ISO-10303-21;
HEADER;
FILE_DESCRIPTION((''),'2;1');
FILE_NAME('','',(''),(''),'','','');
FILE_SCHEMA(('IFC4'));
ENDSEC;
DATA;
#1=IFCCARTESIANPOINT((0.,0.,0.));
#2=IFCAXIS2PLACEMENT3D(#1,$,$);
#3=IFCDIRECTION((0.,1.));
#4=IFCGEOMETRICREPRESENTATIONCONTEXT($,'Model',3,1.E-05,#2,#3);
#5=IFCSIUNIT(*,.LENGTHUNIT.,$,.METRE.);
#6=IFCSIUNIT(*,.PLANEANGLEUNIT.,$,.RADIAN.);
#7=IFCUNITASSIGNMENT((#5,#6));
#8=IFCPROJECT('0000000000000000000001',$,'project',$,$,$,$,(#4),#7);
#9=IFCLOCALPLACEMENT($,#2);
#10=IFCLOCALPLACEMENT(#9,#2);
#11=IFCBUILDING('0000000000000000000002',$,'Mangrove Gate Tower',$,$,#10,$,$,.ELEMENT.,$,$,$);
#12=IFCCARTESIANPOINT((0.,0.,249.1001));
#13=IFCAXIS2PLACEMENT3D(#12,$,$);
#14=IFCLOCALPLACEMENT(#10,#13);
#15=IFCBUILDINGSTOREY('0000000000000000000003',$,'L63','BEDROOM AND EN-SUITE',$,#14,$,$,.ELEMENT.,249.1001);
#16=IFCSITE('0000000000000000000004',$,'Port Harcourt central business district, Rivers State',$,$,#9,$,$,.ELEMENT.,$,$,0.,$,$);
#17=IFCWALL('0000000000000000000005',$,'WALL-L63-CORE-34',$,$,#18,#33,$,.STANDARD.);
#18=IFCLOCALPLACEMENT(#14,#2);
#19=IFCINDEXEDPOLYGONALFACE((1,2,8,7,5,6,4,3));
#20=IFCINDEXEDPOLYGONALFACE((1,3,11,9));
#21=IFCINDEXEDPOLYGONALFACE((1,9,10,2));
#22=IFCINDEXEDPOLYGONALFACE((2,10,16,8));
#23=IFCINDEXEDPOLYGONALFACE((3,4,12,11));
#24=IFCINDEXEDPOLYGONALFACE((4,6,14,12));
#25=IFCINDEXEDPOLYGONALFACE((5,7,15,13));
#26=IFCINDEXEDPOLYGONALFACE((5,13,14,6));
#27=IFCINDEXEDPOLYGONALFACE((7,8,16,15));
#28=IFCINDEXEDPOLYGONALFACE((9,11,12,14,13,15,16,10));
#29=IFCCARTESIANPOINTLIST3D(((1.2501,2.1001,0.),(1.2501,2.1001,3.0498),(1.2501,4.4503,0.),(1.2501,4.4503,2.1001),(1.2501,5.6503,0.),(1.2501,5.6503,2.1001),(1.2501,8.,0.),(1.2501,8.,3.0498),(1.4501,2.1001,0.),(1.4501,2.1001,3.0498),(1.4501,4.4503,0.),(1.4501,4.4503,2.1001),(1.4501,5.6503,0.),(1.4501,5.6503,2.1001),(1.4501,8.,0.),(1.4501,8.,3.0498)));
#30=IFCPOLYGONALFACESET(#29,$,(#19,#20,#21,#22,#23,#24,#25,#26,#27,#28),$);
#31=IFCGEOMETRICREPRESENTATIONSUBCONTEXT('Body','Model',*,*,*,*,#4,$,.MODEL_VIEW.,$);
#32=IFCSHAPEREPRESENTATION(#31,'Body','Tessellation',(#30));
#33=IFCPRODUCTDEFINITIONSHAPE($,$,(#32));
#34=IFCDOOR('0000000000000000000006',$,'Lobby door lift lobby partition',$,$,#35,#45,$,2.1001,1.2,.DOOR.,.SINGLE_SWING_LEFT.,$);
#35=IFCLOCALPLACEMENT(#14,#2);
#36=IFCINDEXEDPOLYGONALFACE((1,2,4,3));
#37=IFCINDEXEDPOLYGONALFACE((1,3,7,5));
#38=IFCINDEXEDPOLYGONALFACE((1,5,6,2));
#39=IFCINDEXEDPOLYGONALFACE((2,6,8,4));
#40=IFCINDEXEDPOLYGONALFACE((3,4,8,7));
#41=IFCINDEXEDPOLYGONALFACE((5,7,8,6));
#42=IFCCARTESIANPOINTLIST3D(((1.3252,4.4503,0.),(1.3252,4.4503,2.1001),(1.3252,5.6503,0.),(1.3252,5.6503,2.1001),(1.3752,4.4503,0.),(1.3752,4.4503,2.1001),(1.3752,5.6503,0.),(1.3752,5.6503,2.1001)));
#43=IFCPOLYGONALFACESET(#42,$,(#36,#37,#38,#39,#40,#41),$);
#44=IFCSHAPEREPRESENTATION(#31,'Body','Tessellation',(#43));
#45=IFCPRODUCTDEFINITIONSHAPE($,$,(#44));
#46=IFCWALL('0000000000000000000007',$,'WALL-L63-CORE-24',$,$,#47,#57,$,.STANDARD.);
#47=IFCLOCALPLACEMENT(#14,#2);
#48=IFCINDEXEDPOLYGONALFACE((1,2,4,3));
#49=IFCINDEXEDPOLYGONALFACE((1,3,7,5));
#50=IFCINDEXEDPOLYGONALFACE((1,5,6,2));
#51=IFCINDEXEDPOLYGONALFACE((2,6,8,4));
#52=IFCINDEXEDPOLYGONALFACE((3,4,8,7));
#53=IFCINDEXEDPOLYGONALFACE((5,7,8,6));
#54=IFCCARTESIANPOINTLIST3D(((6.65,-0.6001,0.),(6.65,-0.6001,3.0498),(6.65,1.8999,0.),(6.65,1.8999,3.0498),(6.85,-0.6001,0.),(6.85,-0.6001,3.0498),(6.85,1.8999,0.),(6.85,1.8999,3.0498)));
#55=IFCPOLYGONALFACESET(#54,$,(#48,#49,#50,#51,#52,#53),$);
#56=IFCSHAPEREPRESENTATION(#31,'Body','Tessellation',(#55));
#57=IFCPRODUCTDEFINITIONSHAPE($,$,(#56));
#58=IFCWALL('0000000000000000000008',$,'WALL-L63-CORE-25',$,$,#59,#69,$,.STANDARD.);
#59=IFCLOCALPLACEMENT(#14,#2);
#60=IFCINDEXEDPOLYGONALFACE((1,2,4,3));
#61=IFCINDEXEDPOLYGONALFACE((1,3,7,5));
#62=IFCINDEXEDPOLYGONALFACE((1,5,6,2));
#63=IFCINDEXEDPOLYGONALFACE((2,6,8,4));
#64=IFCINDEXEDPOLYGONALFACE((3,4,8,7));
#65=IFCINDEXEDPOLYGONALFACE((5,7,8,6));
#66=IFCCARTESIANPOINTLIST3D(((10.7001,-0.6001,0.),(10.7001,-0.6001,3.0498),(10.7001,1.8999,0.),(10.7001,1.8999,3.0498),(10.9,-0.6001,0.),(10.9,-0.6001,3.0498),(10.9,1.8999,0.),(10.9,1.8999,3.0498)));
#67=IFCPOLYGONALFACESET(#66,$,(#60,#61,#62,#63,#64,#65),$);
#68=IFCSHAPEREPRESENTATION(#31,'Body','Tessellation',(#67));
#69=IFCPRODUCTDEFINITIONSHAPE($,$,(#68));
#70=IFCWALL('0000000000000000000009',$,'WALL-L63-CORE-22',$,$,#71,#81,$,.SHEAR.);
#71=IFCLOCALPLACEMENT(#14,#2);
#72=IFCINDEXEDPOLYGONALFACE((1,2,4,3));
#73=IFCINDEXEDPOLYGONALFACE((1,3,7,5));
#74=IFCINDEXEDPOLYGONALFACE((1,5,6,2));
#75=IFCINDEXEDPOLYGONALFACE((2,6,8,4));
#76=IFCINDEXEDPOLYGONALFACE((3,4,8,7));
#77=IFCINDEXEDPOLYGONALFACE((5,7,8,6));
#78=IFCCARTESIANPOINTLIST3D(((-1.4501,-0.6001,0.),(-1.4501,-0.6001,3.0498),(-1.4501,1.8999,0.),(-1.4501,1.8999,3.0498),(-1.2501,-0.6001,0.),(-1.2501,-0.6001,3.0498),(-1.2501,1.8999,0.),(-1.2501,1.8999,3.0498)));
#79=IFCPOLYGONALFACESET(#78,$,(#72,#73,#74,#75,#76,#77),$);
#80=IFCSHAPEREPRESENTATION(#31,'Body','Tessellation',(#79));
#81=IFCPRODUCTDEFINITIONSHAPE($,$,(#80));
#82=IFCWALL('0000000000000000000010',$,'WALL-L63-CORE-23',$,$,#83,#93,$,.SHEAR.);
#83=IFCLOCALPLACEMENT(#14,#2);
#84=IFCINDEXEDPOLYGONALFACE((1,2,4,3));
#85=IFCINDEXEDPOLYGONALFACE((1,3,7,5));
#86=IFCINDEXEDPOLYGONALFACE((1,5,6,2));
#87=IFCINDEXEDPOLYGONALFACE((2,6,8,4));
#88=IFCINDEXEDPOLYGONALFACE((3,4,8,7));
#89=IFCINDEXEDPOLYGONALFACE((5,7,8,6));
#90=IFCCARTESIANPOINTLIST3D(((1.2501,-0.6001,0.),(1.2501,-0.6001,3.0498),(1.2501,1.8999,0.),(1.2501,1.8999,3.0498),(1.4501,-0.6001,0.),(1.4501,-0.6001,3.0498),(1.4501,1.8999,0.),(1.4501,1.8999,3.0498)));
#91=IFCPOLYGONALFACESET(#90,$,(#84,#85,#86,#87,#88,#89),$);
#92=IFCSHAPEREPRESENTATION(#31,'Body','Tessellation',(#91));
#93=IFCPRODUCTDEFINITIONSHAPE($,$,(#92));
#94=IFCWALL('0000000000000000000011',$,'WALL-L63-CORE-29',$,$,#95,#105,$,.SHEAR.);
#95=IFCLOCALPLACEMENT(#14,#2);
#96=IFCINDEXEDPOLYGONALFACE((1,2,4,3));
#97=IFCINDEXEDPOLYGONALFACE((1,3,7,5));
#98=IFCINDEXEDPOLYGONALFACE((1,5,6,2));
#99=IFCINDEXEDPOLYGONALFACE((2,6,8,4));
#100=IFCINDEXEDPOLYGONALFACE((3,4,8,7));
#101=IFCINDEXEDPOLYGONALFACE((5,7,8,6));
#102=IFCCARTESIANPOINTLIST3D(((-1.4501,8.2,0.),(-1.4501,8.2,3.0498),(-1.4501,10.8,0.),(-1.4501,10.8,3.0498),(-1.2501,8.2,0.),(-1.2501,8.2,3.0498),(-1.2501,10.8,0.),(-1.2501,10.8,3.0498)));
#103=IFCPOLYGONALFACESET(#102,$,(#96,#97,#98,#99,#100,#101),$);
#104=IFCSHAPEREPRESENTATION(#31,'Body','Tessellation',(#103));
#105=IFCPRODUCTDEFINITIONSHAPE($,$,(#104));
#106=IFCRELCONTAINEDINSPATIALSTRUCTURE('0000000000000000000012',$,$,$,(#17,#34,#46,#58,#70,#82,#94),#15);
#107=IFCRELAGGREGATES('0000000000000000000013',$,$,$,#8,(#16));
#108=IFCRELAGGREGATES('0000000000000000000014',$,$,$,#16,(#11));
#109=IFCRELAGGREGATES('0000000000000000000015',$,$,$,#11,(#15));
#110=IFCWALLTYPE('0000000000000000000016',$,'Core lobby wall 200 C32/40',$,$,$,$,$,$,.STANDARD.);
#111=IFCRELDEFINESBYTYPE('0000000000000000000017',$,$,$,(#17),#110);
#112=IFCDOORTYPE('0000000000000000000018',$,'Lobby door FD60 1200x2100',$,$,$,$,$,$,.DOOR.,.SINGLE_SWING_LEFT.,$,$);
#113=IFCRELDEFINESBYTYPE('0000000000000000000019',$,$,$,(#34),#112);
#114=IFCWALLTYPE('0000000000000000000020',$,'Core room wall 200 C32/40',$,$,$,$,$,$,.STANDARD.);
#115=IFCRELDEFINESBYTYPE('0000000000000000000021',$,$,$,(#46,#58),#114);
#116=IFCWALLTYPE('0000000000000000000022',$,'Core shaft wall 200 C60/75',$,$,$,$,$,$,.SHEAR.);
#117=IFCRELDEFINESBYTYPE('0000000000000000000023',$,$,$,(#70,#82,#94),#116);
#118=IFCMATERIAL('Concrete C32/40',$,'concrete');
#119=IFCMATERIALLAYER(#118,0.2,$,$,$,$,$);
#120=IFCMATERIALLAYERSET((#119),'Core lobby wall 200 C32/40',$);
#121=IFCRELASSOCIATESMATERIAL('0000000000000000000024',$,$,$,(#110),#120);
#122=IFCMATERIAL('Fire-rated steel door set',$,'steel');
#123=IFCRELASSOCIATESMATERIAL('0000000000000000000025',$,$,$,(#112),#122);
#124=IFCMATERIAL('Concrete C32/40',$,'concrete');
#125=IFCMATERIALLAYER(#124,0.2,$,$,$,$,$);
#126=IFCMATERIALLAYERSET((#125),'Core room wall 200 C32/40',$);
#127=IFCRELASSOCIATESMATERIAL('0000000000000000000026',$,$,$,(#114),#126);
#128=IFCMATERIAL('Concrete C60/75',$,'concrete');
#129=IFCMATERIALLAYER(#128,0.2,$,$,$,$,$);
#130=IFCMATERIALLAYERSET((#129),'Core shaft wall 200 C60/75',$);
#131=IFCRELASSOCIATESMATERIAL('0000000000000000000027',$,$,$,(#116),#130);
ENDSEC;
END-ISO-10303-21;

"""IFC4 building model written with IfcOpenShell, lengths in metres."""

from ifc_helpers import new_model, si_unit, direction, frame, frame_2d, origin, place, context, subcontext, project, spatial, rectangle, extrude, material, layer, layer_set, type_object, element, fill, save


model = new_model("IFC4")

# Units and contexts
model_context = context("Model", 3, precision=1e-05, world=origin(), true_north=direction((0.0, 1.0)))
body_context = subcontext(model_context, "Body", "Model", "MODEL_VIEW")
ifc_project = project(units=[si_unit("LENGTHUNIT", "METRE"), si_unit("PLANEANGLEUNIT", "RADIAN")], contexts=[model_context])

# Site, building, storey
site_placement = place(None, origin())
site = spatial("IfcSite", under=ifc_project, at=site_placement, Name="Port Harcourt central business district, Rivers State", CompositionType="ELEMENT", RefElevation=0.0)
building_placement = place(site_placement, origin())
building = spatial("IfcBuilding", under=site, at=building_placement, Name="Mangrove Gate Tower", CompositionType="ELEMENT")
storey_placement = place(building_placement, frame((0.0, 0.0, 249.1001)))
storey = spatial("IfcBuildingStorey", under=building, at=storey_placement, Name="L63", Description="BEDROOM AND EN-SUITE", CompositionType="ELEMENT", Elevation=249.1001)

# Wall, opening, door
ifc_material_1 = material(Name="Concrete C32/40", Category="concrete")
ifc_layer_1 = layer(ifc_material_1, 0.2)
ifc_layer_set_1 = layer_set([ifc_layer_1], Name="Core lobby wall 200 C32/40")
wall_type_1 = type_object("IfcWallType", Name="Core lobby wall 200 C32/40", PredefinedType="STANDARD", material=ifc_layer_set_1)
wall_1_placement = place(storey_placement, frame((1.3501, 2.1001, 0.0), z_axis=(0.0, 0.0, 1.0), x_axis=(0.0, 1.0, 0.0)))
wall_1 = element("IfcWall", 1, at=wall_1_placement, inside=storey, type_object=wall_type_1, Name="WALL-L63-CORE-34", PredefinedType="STANDARD", context=body_context, shape_type="SweptSolid", body=[
    extrude(rectangle(XDim=5.8999, YDim=0.2, at=frame_2d((2.95, 0.0))), origin(), (0.0, 0.0, 1.0), 3.0498),
])
opening_placement = place(wall_1_placement, frame((2.3501, 0.0, 0.0)))
opening = element("IfcOpeningElement", 2, at=opening_placement, cuts=wall_1, PredefinedType="OPENING", context=body_context, shape_type="SweptSolid", body=[
    extrude(rectangle(XDim=1.2, YDim=2.1001, at=frame_2d((0.6001, 1.05))), frame((0.0, 0.1099, 0.0), z_axis=(0.0, -1.0, 0.0), x_axis=(1.0, 0.0, 0.0)), (0.0, 0.0, 1.0), 0.22),
])
ifc_material_2 = material(Name="Fire-rated steel door set", Category="steel")
door_type = type_object("IfcDoorType", Name="Lobby door FD60 1200x2100", OperationType="SINGLE_SWING_LEFT", PredefinedType="DOOR", material=ifc_material_2)
door_placement = place(opening_placement, origin())
door = element("IfcDoor", 3, at=door_placement, inside=storey, type_object=door_type, Name="Lobby door lift lobby partition", OperationType="SINGLE_SWING_LEFT", OverallHeight=2.1001, OverallWidth=1.2, PredefinedType="DOOR", context=body_context, shape_type="SweptSolid", body=[
    extrude(rectangle(XDim=1.2, YDim=2.1001, at=frame_2d((0.6001, 1.05))), frame((0.0, 0.0249, 0.0), z_axis=(0.0, -1.0, 0.0), x_axis=(1.0, 0.0, 0.0)), (0.0, 0.0, 1.0), 0.05),
])
fill(opening, door)

# Walls
ifc_material_3 = material(Name="Concrete C32/40", Category="concrete")
ifc_layer_2 = layer(ifc_material_3, 0.2)
ifc_layer_set_2 = layer_set([ifc_layer_2], Name="Core room wall 200 C32/40")
wall_type_2 = type_object("IfcWallType", Name="Core room wall 200 C32/40", PredefinedType="STANDARD", material=ifc_layer_set_2)
for number, where, z_axis, x_axis, name in (
    (4, (6.75, -0.6001, 0.0), (0.0, 0.0, 1.0), (0.0, 1.0, 0.0), "WALL-L63-CORE-24"),
    (5, (10.8, -0.6001, 0.0), (0.0, 0.0, 1.0), (0.0, 1.0, 0.0), "WALL-L63-CORE-25"),
):
    element("IfcWall", number, at=place(storey_placement, frame(where, z_axis=z_axis, x_axis=x_axis)), inside=storey, type_object=wall_type_2, Name=name, PredefinedType="STANDARD", context=body_context, shape_type="SweptSolid", body=[
        extrude(rectangle(XDim=2.5, YDim=0.2, at=frame_2d((1.25, 0.0))), origin(), (0.0, 0.0, 1.0), 3.0498),
    ])
ifc_material_4 = material(Name="Concrete C60/75", Category="concrete")
ifc_layer_3 = layer(ifc_material_4, 0.2)
ifc_layer_set_3 = layer_set([ifc_layer_3], Name="Core shaft wall 200 C60/75")
wall_type_3 = type_object("IfcWallType", Name="Core shaft wall 200 C60/75", PredefinedType="SHEAR", material=ifc_layer_set_3)
for number, where, z_axis, x_axis, name in (
    (6, (-1.3501, -0.6001, 0.0), (0.0, 0.0, 1.0), (0.0, 1.0, 0.0), "WALL-L63-CORE-22"),
    (7, (1.3501, -0.6001, 0.0), (0.0, 0.0, 1.0), (0.0, 1.0, 0.0), "WALL-L63-CORE-23"),
):
    element("IfcWall", number, at=place(storey_placement, frame(where, z_axis=z_axis, x_axis=x_axis)), inside=storey, type_object=wall_type_3, Name=name, PredefinedType="SHEAR", context=body_context, shape_type="SweptSolid", body=[
        extrude(rectangle(XDim=2.5, YDim=0.2, at=frame_2d((1.25, 0.0))), origin(), (0.0, 0.0, 1.0), 3.0498),
    ])
wall_2_placement = place(storey_placement, frame((-1.3501, 8.2, 0.0), z_axis=(0.0, 0.0, 1.0), x_axis=(0.0, 1.0, 0.0)))
element("IfcWall", 8, at=wall_2_placement, inside=storey, type_object=wall_type_3, Name="WALL-L63-CORE-29", PredefinedType="SHEAR", context=body_context, shape_type="SweptSolid", body=[
    extrude(rectangle(XDim=2.6001, YDim=0.2, at=frame_2d((1.3, 0.0))), origin(), (0.0, 0.0, 1.0), 3.0498),
])

save(model, "model.ifc")
